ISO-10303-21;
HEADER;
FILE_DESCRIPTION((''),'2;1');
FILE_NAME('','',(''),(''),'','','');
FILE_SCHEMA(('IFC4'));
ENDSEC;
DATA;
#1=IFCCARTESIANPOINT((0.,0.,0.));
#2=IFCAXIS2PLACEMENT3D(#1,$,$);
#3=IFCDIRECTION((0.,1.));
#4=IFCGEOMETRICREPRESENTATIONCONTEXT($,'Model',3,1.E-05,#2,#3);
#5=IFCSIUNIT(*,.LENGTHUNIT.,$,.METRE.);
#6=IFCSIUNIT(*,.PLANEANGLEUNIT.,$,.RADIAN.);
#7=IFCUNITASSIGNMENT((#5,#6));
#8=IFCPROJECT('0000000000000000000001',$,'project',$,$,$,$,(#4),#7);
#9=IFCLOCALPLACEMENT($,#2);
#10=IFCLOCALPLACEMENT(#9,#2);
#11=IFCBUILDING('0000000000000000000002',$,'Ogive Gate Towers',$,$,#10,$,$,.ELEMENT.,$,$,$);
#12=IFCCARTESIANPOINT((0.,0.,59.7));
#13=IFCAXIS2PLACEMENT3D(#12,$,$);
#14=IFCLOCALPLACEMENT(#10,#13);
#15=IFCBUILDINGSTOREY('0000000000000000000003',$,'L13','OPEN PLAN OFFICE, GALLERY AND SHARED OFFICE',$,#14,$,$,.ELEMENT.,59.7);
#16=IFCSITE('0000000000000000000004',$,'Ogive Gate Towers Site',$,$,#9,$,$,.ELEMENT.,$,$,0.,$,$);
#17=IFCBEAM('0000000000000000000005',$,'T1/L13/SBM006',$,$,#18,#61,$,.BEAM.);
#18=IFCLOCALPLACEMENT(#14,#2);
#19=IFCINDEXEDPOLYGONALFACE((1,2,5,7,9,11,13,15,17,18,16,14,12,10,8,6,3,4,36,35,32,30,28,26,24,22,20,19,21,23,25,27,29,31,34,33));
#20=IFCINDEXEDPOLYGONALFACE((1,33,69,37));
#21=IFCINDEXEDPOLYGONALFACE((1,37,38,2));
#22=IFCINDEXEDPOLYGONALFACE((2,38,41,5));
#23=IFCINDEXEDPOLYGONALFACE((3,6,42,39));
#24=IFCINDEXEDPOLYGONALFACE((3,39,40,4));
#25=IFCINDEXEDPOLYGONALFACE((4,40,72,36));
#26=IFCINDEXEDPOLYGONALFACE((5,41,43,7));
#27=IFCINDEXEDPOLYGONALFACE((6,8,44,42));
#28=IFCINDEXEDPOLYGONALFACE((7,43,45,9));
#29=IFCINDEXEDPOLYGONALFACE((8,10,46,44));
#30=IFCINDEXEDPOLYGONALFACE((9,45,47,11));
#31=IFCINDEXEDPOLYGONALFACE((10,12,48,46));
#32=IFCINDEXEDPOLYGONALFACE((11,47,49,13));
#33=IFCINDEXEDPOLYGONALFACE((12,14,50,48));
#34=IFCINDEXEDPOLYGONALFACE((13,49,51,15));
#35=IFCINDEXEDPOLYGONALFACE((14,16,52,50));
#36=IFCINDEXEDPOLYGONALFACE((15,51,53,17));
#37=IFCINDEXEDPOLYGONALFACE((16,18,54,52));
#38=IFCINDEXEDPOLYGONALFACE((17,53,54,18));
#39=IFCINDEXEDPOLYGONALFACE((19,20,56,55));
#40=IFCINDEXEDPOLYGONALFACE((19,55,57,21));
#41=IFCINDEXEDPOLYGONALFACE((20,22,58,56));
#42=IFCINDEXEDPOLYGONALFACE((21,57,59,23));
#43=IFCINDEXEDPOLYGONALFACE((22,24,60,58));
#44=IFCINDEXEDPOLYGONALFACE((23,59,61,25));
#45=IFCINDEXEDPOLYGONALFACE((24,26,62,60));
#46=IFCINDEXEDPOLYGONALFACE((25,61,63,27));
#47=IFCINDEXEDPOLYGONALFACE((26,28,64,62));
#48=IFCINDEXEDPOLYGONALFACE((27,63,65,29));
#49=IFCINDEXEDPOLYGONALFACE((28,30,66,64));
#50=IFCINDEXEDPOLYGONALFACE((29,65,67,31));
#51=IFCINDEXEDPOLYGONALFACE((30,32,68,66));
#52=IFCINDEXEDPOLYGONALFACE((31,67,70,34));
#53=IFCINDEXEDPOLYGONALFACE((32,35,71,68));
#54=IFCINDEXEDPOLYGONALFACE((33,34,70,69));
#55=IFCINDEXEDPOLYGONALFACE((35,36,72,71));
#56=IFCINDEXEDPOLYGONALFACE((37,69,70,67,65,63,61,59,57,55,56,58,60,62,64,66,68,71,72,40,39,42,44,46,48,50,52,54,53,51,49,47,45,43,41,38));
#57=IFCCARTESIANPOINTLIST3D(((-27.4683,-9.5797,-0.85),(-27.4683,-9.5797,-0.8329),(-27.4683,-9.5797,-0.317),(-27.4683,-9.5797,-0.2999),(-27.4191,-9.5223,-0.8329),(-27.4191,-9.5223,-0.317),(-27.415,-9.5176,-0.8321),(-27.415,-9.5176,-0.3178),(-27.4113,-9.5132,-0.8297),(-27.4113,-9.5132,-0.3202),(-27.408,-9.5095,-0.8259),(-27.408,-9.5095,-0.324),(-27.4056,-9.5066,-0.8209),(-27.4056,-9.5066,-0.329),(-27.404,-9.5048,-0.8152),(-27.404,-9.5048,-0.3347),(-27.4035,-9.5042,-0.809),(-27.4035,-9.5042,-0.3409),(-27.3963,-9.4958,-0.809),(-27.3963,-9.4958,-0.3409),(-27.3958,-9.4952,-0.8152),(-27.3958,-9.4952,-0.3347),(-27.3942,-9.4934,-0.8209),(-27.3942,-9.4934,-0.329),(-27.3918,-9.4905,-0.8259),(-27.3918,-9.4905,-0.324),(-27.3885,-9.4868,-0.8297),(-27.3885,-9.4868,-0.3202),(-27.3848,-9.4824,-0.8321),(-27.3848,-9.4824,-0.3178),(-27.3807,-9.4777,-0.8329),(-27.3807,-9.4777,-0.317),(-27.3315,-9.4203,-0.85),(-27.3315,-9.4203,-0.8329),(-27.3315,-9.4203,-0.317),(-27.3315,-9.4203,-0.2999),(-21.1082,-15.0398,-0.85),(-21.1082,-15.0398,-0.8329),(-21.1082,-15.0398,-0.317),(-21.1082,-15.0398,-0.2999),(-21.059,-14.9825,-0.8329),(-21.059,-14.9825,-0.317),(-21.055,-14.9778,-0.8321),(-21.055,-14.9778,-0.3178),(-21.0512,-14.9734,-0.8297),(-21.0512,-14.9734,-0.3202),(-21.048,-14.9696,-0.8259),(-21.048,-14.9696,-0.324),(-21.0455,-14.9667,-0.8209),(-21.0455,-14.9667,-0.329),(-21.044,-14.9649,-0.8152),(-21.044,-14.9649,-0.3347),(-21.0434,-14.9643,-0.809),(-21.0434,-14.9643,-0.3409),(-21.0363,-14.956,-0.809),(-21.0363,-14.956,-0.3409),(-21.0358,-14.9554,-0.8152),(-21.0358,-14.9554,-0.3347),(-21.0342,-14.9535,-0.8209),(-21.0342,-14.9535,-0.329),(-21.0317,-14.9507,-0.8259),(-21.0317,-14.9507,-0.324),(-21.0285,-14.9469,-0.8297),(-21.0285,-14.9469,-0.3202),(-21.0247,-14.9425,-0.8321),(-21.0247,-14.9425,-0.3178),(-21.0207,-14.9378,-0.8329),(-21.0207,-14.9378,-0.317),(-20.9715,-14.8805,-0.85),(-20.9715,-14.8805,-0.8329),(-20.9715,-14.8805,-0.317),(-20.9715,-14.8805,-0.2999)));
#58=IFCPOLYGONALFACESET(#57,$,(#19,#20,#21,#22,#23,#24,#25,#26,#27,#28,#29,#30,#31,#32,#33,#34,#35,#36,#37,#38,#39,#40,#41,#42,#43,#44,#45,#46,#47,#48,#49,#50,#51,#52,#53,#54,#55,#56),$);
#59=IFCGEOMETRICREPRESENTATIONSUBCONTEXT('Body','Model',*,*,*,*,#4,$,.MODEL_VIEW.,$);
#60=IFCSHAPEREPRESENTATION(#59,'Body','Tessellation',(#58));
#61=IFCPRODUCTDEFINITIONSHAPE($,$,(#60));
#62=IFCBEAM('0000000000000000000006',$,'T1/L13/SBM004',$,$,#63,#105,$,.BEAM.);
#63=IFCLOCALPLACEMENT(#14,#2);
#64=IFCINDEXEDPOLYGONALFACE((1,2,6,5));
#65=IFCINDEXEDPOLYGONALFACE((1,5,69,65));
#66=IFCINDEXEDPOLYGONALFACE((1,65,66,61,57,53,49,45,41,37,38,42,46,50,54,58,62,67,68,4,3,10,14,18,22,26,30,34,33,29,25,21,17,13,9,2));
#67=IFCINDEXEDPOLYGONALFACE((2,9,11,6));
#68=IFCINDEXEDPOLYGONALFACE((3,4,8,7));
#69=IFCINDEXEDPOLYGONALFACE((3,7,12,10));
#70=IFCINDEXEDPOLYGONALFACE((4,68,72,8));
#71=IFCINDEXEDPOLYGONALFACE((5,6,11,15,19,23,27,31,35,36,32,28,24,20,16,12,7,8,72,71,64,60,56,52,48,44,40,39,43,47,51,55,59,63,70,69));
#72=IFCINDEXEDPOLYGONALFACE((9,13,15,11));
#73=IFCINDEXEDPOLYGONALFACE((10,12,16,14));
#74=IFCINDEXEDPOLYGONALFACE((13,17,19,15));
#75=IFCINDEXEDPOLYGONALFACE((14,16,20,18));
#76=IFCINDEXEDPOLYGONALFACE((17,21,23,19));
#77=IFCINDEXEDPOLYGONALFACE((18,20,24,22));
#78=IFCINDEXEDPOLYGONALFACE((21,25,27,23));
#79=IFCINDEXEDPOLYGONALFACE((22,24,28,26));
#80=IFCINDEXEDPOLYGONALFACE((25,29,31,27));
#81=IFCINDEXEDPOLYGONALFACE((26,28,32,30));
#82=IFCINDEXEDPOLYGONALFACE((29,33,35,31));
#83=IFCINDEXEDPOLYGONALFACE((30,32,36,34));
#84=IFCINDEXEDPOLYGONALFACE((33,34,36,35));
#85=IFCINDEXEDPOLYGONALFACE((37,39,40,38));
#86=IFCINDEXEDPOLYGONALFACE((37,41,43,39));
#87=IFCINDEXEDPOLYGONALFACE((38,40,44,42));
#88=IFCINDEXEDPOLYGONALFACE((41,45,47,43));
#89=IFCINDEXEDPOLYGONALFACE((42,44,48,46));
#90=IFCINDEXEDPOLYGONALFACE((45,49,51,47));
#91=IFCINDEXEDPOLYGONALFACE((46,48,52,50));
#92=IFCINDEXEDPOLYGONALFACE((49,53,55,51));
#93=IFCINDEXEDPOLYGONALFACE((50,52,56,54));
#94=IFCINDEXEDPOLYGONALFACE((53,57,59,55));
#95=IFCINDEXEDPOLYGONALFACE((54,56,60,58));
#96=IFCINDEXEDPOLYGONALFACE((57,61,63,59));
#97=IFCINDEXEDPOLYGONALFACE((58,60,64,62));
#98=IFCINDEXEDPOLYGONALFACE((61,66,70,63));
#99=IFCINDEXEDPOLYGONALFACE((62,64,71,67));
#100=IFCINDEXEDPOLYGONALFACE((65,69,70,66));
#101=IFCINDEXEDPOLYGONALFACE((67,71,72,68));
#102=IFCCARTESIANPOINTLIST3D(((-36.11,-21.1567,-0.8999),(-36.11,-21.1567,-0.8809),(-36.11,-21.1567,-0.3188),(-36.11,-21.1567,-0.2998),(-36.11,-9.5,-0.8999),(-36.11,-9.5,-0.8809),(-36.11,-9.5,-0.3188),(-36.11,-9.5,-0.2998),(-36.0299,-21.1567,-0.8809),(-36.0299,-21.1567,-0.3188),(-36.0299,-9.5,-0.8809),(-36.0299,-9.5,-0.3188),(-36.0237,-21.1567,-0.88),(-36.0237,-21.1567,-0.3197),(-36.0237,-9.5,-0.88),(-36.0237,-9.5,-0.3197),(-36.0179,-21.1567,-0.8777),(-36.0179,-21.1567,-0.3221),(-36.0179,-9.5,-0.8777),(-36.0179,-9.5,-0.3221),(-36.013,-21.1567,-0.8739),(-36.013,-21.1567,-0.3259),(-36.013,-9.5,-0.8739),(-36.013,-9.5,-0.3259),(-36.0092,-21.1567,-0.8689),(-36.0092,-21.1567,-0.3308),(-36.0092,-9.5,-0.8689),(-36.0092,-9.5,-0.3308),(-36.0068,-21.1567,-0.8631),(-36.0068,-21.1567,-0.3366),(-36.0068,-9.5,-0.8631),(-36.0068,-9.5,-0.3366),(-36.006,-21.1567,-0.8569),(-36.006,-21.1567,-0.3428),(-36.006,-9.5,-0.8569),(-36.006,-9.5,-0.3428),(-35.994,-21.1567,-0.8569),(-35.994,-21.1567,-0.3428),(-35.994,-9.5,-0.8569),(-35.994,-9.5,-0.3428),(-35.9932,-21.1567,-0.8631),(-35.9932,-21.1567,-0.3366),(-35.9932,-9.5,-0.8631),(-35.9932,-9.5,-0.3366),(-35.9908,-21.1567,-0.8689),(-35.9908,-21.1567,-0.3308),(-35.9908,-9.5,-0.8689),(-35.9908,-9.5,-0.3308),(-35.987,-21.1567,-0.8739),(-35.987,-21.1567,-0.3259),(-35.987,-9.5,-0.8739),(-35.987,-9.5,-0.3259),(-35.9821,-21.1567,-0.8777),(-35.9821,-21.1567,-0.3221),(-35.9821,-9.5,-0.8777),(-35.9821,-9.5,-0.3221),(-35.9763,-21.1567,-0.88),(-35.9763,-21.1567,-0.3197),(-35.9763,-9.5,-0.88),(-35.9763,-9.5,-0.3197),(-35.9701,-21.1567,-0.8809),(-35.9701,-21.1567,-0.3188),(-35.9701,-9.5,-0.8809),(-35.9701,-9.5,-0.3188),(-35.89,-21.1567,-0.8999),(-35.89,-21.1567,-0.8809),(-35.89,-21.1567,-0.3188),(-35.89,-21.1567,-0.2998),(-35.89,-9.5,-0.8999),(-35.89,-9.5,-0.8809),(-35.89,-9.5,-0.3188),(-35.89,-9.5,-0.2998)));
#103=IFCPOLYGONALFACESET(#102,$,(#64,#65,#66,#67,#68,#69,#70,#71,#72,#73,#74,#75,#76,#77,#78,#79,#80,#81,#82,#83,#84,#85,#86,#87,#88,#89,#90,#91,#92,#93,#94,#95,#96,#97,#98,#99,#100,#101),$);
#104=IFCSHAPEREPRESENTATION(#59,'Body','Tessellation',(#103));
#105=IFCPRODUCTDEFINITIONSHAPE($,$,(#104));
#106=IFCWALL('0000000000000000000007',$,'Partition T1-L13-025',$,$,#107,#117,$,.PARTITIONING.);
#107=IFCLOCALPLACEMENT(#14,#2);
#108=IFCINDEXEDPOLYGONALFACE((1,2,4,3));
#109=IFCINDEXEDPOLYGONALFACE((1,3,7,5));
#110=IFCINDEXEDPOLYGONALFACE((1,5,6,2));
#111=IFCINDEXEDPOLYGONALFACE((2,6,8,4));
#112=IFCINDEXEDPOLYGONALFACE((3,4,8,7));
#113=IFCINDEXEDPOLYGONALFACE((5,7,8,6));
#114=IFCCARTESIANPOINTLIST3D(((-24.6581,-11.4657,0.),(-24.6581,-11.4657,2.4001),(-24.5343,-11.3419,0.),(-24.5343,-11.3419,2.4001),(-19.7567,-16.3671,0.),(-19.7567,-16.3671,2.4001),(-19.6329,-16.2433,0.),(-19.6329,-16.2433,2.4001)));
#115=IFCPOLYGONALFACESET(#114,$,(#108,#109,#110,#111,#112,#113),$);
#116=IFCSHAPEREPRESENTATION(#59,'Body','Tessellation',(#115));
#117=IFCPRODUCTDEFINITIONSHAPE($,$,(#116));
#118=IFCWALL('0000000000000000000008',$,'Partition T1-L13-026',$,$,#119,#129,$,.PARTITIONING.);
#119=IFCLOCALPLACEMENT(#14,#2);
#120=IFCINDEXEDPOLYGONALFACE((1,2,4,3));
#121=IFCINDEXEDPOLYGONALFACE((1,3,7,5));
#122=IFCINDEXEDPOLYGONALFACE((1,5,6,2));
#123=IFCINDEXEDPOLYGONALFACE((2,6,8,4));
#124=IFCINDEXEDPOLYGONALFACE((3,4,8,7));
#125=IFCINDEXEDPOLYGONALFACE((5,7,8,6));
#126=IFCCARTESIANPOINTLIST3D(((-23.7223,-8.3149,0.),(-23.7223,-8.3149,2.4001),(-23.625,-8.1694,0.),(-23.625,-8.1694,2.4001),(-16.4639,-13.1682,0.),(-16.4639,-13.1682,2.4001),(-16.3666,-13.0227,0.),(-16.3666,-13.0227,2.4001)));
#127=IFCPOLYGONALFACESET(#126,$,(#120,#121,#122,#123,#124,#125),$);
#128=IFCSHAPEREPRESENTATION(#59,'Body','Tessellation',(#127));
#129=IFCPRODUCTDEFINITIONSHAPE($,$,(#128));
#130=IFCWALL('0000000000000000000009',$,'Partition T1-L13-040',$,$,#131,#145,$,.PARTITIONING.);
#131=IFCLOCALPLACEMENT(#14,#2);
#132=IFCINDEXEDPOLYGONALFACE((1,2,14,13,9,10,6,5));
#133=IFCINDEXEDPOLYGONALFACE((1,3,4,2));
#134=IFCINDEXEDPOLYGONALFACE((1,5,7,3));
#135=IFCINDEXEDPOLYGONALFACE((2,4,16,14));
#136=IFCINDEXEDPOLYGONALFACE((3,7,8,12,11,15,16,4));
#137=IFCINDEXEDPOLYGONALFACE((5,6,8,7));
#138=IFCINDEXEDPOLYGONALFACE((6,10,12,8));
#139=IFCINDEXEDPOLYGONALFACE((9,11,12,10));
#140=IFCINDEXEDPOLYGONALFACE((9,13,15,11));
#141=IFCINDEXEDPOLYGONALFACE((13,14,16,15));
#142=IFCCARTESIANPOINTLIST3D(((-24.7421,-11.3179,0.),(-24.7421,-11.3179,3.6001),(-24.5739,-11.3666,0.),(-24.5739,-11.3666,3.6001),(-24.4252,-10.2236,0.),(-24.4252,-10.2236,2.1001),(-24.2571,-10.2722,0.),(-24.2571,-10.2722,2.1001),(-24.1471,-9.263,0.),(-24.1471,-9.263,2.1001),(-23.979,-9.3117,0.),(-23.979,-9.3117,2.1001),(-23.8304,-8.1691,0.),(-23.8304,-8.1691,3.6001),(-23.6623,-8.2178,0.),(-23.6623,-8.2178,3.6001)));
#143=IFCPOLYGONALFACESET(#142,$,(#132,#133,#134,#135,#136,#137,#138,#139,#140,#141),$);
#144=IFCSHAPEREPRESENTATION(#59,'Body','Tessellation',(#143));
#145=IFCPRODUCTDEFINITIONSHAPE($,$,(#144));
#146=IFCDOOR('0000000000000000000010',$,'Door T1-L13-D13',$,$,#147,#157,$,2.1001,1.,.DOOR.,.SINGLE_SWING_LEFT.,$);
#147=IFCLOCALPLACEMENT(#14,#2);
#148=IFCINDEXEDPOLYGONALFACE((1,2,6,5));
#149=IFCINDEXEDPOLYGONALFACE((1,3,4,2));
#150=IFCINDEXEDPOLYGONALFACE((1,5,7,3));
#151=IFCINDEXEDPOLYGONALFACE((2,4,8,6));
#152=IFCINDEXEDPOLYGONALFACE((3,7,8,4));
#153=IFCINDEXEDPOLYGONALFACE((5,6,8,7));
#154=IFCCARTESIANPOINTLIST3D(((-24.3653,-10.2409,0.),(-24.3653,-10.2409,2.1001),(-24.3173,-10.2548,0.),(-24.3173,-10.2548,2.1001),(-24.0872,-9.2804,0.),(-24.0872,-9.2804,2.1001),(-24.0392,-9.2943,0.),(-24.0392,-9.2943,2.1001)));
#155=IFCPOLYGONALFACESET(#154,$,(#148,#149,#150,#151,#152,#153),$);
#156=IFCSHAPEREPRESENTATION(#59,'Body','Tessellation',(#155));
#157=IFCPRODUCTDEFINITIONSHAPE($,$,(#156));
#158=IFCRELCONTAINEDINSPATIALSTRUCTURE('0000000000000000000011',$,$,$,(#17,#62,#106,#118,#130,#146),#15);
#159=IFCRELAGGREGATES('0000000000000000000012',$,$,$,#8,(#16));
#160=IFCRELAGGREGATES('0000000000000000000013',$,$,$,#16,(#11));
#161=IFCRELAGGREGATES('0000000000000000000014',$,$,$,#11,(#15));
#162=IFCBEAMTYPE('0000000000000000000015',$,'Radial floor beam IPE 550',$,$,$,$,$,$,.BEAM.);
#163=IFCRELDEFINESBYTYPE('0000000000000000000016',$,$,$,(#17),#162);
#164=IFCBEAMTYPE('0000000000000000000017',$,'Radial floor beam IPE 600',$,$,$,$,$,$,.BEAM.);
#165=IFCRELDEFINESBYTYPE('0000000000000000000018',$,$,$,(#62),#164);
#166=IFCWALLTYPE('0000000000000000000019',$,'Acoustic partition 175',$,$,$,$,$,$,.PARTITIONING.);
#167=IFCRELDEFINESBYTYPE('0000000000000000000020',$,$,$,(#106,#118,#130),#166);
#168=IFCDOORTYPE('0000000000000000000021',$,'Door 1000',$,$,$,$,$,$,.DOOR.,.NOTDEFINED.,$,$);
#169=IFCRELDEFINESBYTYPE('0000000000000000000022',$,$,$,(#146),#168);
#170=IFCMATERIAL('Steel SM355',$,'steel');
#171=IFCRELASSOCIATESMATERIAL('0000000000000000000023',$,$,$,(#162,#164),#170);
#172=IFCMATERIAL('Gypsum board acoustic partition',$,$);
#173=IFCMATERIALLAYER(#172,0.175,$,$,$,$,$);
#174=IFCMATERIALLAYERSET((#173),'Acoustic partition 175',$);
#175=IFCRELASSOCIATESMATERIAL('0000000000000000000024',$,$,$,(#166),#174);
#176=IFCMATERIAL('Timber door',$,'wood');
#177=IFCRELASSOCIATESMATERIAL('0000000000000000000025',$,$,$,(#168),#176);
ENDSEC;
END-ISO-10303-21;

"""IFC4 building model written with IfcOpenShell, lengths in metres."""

from ifc_helpers import new_model, si_unit, direction, frame, frame_2d, origin, origin_2d, place, context, subcontext, project, spatial, rectangle, i_section, extrude, material, layer, layer_set, material_profile, profile_set, type_object, element, fill, save


model = new_model("IFC4")

# Units and contexts
model_context = context("Model", 3, precision=1e-05, world=origin(), true_north=direction((0.0, 1.0)))
body_context = subcontext(model_context, "Body", "Model", "MODEL_VIEW")
ifc_project = project(units=[si_unit("LENGTHUNIT", "METRE"), si_unit("PLANEANGLEUNIT", "RADIAN")], contexts=[model_context])

# Site, building, storey
site_placement = place(None, origin())
site = spatial("IfcSite", under=ifc_project, at=site_placement, Name="Ogive Gate Towers Site", CompositionType="ELEMENT", RefElevation=0.0)
building_placement = place(site_placement, origin())
building = spatial("IfcBuilding", under=site, at=building_placement, Name="Ogive Gate Towers", CompositionType="ELEMENT")
storey_placement = place(building_placement, frame((0.0, 0.0, 59.7)))
storey = spatial("IfcBuildingStorey", under=building, at=storey_placement, Name="L13", Description="OPEN PLAN OFFICE, GALLERY AND SHARED OFFICE", CompositionType="ELEMENT", Elevation=59.7)

# Beams
ifc_material_1 = material(Name="Steel SM355", Category="steel")
ifc_material_profile_1 = material_profile(ifc_material_1, i_section(OverallWidth=0.21, OverallDepth=0.55, WebThickness=0.011, FlangeThickness=0.0171, FilletRadius=0.0239, at=origin_2d()), Name="IPE 550")
ifc_profile_set_1 = profile_set([ifc_material_profile_1], Name="Steel SM355")
beam_type_1 = type_object("IfcBeamType", Name="Radial floor beam IPE 550", PredefinedType="BEAM", material=ifc_profile_set_1)
beam_1_placement = place(storey_placement, frame((-27.3999, -9.5, -0.575), z_axis=(0.758744, -0.651388, 0.0), x_axis=(0.651388, 0.758744, 0.0)))
element("IfcBeam", 1, at=beam_1_placement, inside=storey, type_object=beam_type_1, Name="T1/L13/SBM006", PredefinedType="BEAM", context=body_context, shape_type="SweptSolid", body=[
    extrude(i_section(OverallWidth=0.21, OverallDepth=0.55, WebThickness=0.011, FlangeThickness=0.0171, FilletRadius=0.0239, at=origin_2d()), origin(), (0.0, 0.0, 1.0), 8.3823),
])
ifc_material_profile_2 = material_profile(ifc_material_1, i_section(OverallWidth=0.22, OverallDepth=0.6001, WebThickness=0.012, FlangeThickness=0.019, FilletRadius=0.0239, at=origin_2d()), Name="IPE 600")
ifc_profile_set_2 = profile_set([ifc_material_profile_2], Name="Steel SM355")
beam_type_2 = type_object("IfcBeamType", Name="Radial floor beam IPE 600", PredefinedType="BEAM", material=ifc_profile_set_2)
beam_2_placement = place(storey_placement, frame((-36.0, -9.5, -0.5999), z_axis=(0.0, -1.0, 0.0), x_axis=(1.0, 0.0, 0.0)))
element("IfcBeam", 2, at=beam_2_placement, inside=storey, type_object=beam_type_2, Name="T1/L13/SBM004", PredefinedType="BEAM", context=body_context, shape_type="SweptSolid", body=[
    extrude(i_section(OverallWidth=0.22, OverallDepth=0.6001, WebThickness=0.012, FlangeThickness=0.019, FilletRadius=0.0239, at=origin_2d()), origin(), (0.0, 0.0, 1.0), 11.6567),
])

# Walls
ifc_material_2 = material(Name="Gypsum board acoustic partition")
ifc_layer_1 = layer(ifc_material_2, 0.175)
ifc_layer_set_1 = layer_set([ifc_layer_1], Name="Acoustic partition 175")
wall_type_1 = type_object("IfcWallType", Name="Acoustic partition 175", PredefinedType="PARTITIONING", material=ifc_layer_set_1)
wall_1_placement = place(storey_placement, frame((-19.6948, -16.3052, 0.0), z_axis=(0.0, 0.0, 1.0), x_axis=(-0.707107, 0.707107, 0.0)))
element("IfcWall", 3, at=wall_1_placement, inside=storey, type_object=wall_type_1, Name="Partition T1-L13-025", PredefinedType="PARTITIONING", context=body_context, shape_type="SweptSolid", body=[
    extrude(rectangle(XDim=6.9316, YDim=0.175, at=frame_2d((3.4658, 0.0))), origin(), (0.0, 0.0, 1.0), 2.4001),
])
wall_2_placement = place(storey_placement, frame((-16.4153, -13.0955, 0.0), z_axis=(0.0, 0.0, 1.0), x_axis=(-0.831288, 0.555842, 0.0)))
element("IfcWall", 4, at=wall_2_placement, inside=storey, type_object=wall_type_1, Name="Partition T1-L13-026", PredefinedType="PARTITIONING", context=body_context, shape_type="SweptSolid", body=[
    extrude(rectangle(XDim=8.7314, YDim=0.175, at=frame_2d((4.3657, 0.0))), origin(), (0.0, 0.0, 1.0), 2.4001),
])

# Wall, opening, door
wall_3_placement = place(storey_placement, frame((-23.7463, -8.1934, 0.0), z_axis=(0.0, 0.0, 1.0), x_axis=(-0.278103, -0.960551, 0.0)))
wall_3 = element("IfcWall", 5, at=wall_3_placement, inside=storey, type_object=wall_type_1, Name="Partition T1-L13-040", PredefinedType="PARTITIONING", context=body_context, shape_type="SweptSolid", body=[
    extrude(rectangle(XDim=3.2781, YDim=0.175, at=frame_2d((1.6392, 0.0))), origin(), (0.0, 0.0, 1.0), 3.6001),
])
opening_1_placement = place(wall_3_placement, frame((1.1389, 0.0, 0.0)))
opening_1 = element("IfcOpeningElement", 6, at=opening_1_placement, cuts=wall_3, PredefinedType="OPENING", context=body_context, shape_type="SweptSolid", body=[
    extrude(rectangle(XDim=1.0, YDim=2.1001, at=frame_2d((0.5, 1.05))), frame((0.0, 0.0977, 0.0), z_axis=(0.0, -1.0, 0.0), x_axis=(1.0, 0.0, 0.0)), (0.0, 0.0, 1.0), 0.1951),
])
ifc_material_3 = material(Name="Timber door", Category="wood")
door_type_1 = type_object("IfcDoorType", Name="Door 1000", OperationType="NOTDEFINED", PredefinedType="DOOR", material=ifc_material_3)
door_1_placement = place(opening_1_placement, origin())
door_1 = element("IfcDoor", 7, at=door_1_placement, inside=storey, type_object=door_type_1, Name="Door T1-L13-D13", OperationType="SINGLE_SWING_LEFT", OverallHeight=2.1001, OverallWidth=1.0, PredefinedType="DOOR", context=body_context, shape_type="SweptSolid", body=[
    extrude(rectangle(XDim=1.0, YDim=2.1001, at=frame_2d((0.5, 1.05))), frame((0.0, 0.0249, 0.0), z_axis=(0.0, -1.0, 0.0), x_axis=(1.0, 0.0, 0.0)), (0.0, 0.0, 1.0), 0.05),
])
fill(opening_1, door_1)

save(model, "model.ifc")
